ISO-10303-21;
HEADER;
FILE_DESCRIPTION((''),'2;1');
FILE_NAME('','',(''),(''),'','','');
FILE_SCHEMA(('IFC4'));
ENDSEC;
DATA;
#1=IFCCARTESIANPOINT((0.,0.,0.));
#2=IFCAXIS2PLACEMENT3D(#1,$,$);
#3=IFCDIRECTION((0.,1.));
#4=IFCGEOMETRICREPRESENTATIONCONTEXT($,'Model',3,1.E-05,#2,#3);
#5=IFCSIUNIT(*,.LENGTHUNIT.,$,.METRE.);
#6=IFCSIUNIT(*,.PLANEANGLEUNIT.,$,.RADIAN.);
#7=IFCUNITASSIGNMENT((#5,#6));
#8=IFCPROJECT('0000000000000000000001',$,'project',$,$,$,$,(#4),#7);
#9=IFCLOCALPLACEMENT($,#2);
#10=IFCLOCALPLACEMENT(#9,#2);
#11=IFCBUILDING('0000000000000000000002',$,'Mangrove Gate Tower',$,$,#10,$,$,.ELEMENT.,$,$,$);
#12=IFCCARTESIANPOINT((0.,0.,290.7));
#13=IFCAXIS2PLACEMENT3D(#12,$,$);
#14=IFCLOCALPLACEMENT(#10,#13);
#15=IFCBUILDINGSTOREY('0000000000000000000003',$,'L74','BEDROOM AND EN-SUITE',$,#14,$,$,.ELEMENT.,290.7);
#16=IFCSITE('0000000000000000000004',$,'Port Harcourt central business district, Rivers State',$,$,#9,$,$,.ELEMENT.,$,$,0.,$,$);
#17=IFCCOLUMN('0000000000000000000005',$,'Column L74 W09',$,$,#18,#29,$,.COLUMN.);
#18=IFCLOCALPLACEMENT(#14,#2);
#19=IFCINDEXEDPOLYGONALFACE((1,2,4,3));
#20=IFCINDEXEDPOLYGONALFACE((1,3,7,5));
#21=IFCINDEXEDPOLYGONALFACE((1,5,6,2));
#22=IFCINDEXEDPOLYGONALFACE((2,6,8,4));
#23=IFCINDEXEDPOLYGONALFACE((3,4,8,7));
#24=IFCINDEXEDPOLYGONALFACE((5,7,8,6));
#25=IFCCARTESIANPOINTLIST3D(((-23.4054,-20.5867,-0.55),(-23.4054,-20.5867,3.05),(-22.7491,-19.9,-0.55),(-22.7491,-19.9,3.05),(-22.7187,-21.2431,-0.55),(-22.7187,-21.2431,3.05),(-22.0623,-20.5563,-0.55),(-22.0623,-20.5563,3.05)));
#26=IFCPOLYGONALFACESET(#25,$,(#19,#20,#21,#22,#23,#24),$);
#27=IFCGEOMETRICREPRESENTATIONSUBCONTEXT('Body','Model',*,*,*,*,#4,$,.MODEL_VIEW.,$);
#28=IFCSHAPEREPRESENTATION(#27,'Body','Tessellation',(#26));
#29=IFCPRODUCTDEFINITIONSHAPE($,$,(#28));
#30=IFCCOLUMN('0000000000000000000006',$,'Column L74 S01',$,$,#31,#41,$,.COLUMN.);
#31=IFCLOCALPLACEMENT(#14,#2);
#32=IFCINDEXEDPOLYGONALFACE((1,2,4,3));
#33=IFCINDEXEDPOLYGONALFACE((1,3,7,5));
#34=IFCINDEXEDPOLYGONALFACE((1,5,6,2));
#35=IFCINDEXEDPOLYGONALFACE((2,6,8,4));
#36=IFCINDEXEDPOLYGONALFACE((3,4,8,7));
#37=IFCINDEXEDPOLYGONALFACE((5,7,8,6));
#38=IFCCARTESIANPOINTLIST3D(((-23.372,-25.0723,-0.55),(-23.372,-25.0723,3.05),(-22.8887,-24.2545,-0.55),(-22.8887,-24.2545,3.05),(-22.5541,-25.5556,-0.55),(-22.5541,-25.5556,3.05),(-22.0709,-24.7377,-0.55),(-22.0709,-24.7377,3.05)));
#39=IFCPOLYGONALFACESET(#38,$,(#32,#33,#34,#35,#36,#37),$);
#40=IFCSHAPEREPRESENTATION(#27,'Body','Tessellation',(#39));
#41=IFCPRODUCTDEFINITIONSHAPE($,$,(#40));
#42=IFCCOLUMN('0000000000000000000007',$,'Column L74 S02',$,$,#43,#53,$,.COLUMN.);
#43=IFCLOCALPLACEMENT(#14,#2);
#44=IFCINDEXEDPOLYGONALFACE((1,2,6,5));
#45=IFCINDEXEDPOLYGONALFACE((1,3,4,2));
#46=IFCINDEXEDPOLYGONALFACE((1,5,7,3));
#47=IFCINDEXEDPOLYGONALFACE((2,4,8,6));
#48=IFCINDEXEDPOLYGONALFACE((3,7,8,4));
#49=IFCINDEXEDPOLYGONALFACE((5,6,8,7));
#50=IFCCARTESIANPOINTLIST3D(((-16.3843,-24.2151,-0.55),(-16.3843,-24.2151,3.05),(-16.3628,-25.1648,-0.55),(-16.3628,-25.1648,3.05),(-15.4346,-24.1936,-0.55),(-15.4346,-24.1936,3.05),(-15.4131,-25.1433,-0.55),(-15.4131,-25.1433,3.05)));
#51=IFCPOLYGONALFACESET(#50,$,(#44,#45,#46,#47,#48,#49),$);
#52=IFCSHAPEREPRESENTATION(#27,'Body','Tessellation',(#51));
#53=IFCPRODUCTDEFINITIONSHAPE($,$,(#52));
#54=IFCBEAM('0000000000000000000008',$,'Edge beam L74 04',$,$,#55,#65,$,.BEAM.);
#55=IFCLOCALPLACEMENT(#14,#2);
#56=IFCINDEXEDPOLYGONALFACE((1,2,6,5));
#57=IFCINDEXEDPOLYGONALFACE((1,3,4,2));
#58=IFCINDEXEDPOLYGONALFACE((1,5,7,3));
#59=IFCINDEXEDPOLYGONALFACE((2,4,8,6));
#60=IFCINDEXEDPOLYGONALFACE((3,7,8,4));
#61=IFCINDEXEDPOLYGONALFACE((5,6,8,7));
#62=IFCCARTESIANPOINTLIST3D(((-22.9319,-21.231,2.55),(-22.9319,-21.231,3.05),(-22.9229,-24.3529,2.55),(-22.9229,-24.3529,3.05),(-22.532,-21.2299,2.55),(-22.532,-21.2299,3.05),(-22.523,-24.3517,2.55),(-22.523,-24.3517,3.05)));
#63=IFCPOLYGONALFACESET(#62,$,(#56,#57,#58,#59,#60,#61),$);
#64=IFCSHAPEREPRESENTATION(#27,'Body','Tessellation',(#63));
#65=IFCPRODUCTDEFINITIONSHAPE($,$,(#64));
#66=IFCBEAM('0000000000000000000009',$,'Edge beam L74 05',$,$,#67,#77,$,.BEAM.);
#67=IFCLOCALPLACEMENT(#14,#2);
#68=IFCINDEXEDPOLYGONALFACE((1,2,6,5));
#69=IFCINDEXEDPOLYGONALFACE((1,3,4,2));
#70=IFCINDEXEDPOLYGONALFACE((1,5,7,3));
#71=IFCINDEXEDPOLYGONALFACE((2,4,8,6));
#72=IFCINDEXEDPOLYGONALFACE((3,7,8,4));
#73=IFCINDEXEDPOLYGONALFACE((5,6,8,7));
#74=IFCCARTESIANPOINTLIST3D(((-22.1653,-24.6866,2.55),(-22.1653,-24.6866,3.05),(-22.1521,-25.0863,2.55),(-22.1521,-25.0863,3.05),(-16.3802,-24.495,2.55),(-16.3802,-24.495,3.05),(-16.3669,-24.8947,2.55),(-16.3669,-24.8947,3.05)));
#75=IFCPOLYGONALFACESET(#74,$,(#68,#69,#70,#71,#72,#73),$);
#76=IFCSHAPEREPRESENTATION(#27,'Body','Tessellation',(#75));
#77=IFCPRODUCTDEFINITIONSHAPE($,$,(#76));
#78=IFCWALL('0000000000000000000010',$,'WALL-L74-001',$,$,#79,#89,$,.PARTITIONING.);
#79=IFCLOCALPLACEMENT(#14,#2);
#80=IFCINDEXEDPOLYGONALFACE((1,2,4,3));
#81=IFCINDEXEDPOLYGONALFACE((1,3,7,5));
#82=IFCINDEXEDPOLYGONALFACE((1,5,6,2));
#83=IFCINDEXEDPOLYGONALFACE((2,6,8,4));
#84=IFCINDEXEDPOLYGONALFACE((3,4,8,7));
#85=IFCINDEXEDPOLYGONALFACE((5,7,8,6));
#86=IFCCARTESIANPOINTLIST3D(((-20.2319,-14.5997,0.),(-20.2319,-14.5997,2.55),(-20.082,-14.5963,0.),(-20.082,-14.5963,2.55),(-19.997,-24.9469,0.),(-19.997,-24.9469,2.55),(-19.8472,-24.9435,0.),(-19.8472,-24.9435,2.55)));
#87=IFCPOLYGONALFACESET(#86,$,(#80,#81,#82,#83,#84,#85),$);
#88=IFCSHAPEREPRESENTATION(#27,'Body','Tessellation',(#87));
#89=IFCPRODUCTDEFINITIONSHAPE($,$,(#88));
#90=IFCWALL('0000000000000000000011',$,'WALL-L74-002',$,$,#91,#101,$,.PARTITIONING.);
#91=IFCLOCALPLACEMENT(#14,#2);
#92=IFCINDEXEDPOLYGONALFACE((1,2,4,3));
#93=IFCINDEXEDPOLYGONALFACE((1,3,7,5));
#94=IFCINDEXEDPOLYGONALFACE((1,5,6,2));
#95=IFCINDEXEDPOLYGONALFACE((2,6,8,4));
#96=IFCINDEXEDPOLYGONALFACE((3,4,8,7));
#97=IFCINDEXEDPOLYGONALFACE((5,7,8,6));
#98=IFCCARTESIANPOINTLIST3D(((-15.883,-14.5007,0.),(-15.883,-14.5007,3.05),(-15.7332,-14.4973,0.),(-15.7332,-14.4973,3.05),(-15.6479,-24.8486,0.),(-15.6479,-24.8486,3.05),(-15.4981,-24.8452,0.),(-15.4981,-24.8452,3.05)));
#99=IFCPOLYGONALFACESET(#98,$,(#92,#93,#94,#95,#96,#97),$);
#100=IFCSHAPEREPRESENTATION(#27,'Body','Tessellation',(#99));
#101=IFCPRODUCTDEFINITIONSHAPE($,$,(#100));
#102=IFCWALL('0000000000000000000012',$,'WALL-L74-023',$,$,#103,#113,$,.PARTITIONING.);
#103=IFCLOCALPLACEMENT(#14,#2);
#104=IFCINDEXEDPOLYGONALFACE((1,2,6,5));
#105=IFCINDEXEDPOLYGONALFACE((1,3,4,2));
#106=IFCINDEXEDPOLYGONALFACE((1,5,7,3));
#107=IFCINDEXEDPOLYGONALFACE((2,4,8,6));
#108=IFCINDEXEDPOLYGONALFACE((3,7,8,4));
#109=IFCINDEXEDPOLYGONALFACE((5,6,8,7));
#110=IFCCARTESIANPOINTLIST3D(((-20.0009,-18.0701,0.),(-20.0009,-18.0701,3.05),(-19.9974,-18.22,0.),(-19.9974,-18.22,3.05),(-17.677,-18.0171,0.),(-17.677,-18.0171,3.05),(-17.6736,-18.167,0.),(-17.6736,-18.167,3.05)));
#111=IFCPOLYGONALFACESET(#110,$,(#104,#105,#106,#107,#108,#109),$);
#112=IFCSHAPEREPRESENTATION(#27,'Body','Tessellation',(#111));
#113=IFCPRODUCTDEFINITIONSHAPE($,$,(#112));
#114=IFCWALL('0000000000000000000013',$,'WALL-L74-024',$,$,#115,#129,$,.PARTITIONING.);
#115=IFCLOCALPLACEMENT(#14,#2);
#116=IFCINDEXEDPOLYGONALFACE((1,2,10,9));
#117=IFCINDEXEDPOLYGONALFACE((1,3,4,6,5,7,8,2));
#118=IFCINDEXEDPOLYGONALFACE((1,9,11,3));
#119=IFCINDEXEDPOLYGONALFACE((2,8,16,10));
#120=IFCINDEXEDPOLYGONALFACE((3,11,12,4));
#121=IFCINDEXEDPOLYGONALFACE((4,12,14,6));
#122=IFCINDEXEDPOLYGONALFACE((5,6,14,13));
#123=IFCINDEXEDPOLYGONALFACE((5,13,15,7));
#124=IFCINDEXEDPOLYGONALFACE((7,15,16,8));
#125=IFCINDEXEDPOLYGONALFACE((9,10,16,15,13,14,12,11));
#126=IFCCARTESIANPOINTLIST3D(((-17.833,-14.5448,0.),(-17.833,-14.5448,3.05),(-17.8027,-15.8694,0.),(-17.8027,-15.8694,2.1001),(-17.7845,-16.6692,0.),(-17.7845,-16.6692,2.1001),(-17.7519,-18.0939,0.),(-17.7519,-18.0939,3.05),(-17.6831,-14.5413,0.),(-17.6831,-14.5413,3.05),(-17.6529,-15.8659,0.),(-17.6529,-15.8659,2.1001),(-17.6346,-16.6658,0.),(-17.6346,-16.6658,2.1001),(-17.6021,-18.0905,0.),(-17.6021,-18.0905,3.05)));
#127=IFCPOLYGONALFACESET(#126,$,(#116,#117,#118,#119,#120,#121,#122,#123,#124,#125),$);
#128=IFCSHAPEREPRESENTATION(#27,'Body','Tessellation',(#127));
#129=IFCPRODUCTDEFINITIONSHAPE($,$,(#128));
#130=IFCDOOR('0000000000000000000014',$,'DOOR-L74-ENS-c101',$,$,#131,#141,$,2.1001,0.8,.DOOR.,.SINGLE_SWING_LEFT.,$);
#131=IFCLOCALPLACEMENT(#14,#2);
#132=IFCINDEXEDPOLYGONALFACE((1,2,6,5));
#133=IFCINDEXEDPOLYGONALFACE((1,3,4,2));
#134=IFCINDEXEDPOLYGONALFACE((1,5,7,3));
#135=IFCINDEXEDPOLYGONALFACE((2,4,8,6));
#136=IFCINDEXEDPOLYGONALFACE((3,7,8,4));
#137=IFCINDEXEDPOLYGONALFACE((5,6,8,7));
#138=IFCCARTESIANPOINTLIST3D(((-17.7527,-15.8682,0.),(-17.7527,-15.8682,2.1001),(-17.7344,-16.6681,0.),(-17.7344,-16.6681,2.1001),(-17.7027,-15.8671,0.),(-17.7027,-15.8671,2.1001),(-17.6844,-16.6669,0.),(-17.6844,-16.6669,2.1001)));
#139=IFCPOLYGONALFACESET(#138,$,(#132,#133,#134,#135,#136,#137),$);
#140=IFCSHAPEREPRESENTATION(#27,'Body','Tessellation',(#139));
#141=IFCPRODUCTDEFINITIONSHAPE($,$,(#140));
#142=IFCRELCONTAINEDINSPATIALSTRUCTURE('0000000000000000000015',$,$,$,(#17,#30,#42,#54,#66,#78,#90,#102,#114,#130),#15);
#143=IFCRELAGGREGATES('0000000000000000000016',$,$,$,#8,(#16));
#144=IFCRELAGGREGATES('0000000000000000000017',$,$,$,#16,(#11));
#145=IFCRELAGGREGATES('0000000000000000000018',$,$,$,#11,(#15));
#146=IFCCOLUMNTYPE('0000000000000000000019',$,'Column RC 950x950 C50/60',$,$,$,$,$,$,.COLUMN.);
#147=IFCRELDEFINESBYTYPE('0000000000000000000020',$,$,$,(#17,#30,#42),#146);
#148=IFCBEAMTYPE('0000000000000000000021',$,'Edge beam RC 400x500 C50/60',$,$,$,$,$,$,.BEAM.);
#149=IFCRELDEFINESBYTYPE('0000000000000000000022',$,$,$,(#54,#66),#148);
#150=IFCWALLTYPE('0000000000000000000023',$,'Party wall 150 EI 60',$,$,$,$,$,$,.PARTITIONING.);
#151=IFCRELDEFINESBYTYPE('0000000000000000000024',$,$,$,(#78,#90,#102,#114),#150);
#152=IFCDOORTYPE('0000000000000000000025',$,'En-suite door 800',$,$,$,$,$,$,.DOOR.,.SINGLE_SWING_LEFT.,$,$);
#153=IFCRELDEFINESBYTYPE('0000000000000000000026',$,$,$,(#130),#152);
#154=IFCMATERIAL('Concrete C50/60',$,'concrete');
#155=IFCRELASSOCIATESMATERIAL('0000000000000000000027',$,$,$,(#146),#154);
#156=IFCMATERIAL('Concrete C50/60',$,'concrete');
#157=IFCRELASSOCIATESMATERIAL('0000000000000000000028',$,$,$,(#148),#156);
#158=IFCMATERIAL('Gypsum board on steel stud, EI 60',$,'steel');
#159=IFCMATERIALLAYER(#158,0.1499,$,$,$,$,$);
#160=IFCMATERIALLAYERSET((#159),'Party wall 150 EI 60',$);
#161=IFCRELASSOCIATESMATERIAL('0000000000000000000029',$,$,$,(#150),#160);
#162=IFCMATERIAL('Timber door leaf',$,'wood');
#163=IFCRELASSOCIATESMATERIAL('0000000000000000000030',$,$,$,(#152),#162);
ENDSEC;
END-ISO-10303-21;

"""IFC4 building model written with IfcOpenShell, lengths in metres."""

from ifc_helpers import new_model, si_unit, direction, frame, frame_2d, origin, origin_2d, place, context, subcontext, project, spatial, rectangle, extrude, material, layer, layer_set, material_profile, profile_set, type_object, element, fill, save


model = new_model("IFC4")

# Units and contexts
model_context = context("Model", 3, precision=1e-05, world=origin(), true_north=direction((0.0, 1.0)))
body_context = subcontext(model_context, "Body", "Model", "MODEL_VIEW")
ifc_project = project(units=[si_unit("LENGTHUNIT", "METRE"), si_unit("PLANEANGLEUNIT", "RADIAN")], contexts=[model_context])

# Site, building, storey
site_placement = place(None, origin())
site = spatial("IfcSite", under=ifc_project, at=site_placement, Name="Port Harcourt central business district, Rivers State", CompositionType="ELEMENT", RefElevation=0.0)
building_placement = place(site_placement, origin())
building = spatial("IfcBuilding", under=site, at=building_placement, Name="Mangrove Gate Tower", CompositionType="ELEMENT")
storey_placement = place(building_placement, frame((0.0, 0.0, 290.7)))
storey = spatial("IfcBuildingStorey", under=building, at=storey_placement, Name="L74", Description="BEDROOM AND EN-SUITE", CompositionType="ELEMENT", Elevation=290.7)

# Columns
ifc_material_1 = material(Name="Concrete C50/60", Category="concrete")
ifc_material_profile_1 = material_profile(ifc_material_1, rectangle(XDim=0.95, YDim=0.95, at=origin_2d()))
ifc_profile_set_1 = profile_set([ifc_material_profile_1], Name="Concrete C50/60")
column_type = type_object("IfcColumnType", Name="Column RC 950x950 C50/60", PredefinedType="COLUMN", material=ifc_profile_set_1)
for number, where, z_axis, x_axis, name in (
    (1, (-22.7339, -20.5715, -0.55), (0.0, 0.0, 1.0), (0.722918, -0.690934, 0.0), "Column L74 W09"),
    (2, (-22.7214, -24.905, -0.55), (0.0, 0.0, 1.0), (0.860936, -0.508713, 0.0), "Column L74 S01"),
    (3, (-15.8987, -24.6792, -0.55), (0.0, 0.0, 1.0), (0.999743, 0.02268, 0.0), "Column L74 S02"),
):
    element("IfcColumn", number, at=place(storey_placement, frame(where, z_axis=z_axis, x_axis=x_axis)), inside=storey, type_object=column_type, Name=name, PredefinedType="COLUMN", context=body_context, shape_type="SweptSolid", body=[
        extrude(rectangle(XDim=0.95, YDim=0.95, at=origin_2d()), origin(), (0.0, 0.0, 1.0), 3.6001),
    ])

# Beams
ifc_material_2 = material(Name="Concrete C50/60", Category="concrete")
ifc_material_profile_2 = material_profile(ifc_material_2, rectangle(XDim=0.3999, YDim=0.5, at=origin_2d()))
ifc_profile_set_2 = profile_set([ifc_material_profile_2], Name="Concrete C50/60")
beam_type = type_object("IfcBeamType", Name="Edge beam RC 400x500 C50/60", PredefinedType="BEAM", material=ifc_profile_set_2)
beam_1_placement = place(storey_placement, frame((-22.7319, -21.2305, 2.8), z_axis=(0.002894, -0.999996, 0.0), x_axis=(0.999996, 0.002894, 0.0)))
element("IfcBeam", 4, at=beam_1_placement, inside=storey, type_object=beam_type, Name="Edge beam L74 04", PredefinedType="BEAM", context=body_context, shape_type="SweptSolid", body=[
    extrude(rectangle(XDim=0.3999, YDim=0.5, at=origin_2d()), origin(), (0.0, 0.0, 1.0), 3.1218),
])
beam_2_placement = place(storey_placement, frame((-22.1587, -24.8865, 2.8), z_axis=(0.999452, 0.03311, 0.0), x_axis=(-0.03311, 0.999452, 0.0)))
element("IfcBeam", 5, at=beam_2_placement, inside=storey, type_object=beam_type, Name="Edge beam L74 05", PredefinedType="BEAM", context=body_context, shape_type="SweptSolid", body=[
    extrude(rectangle(XDim=0.3999, YDim=0.5, at=origin_2d()), origin(), (0.0, 0.0, 1.0), 5.7883),
])

# Walls
ifc_material_3 = material(Name="Gypsum board on steel stud, EI 60", Category="steel")
ifc_layer = layer(ifc_material_3, 0.1499)
ifc_layer_set = layer_set([ifc_layer], Name="Party wall 150 EI 60")
wall_type = type_object("IfcWallType", Name="Party wall 150 EI 60", PredefinedType="PARTITIONING", material=ifc_layer_set)
wall_1_placement = place(storey_placement, frame((-19.9221, -24.9451, 0.0), z_axis=(0.0, 0.0, 1.0), x_axis=(-0.022692, 0.999742, 0.0)))
element("IfcWall", 6, at=wall_1_placement, inside=storey, type_object=wall_type, Name="WALL-L74-001", PredefinedType="PARTITIONING", context=body_context, shape_type="SweptSolid", body=[
    extrude(rectangle(XDim=10.3499, YDim=0.1499, at=frame_2d((5.1748, 0.0))), origin(), (0.0, 0.0, 1.0), 2.55),
])
wall_2_placement = place(storey_placement, frame((-15.573, -24.8469, 0.0), z_axis=(0.0, 0.0, 1.0), x_axis=(-0.022714, 0.999742, 0.0)))
element("IfcWall", 7, at=wall_2_placement, inside=storey, type_object=wall_type, Name="WALL-L74-002", PredefinedType="PARTITIONING", context=body_context, shape_type="SweptSolid", body=[
    extrude(rectangle(XDim=10.3506, YDim=0.1499, at=frame_2d((5.1753, 0.0))), origin(), (0.0, 0.0, 1.0), 3.05),
])
wall_3_placement = place(storey_placement, frame((-19.999, -18.145, 0.0), z_axis=(0.0, 0.0, 1.0), x_axis=(0.99974, 0.022791, 0.0)))
element("IfcWall", 8, at=wall_3_placement, inside=storey, type_object=wall_type, Name="WALL-L74-023", PredefinedType="PARTITIONING", context=body_context, shape_type="SweptSolid", body=[
    extrude(rectangle(XDim=2.3245, YDim=0.1499, at=frame_2d((1.1621, 0.0))), origin(), (0.0, 0.0, 1.0), 3.05),
])

# Wall, opening, door
wall_4_placement = place(storey_placement, frame((-17.677, -18.092, 0.0), z_axis=(0.0, 0.0, 1.0), x_axis=(-0.022832, 0.999739, 0.0)))
wall_4 = element("IfcWall", 9, at=wall_4_placement, inside=storey, type_object=wall_type, Name="WALL-L74-024", PredefinedType="PARTITIONING", context=body_context, shape_type="SweptSolid", body=[
    extrude(rectangle(XDim=3.55, YDim=0.1499, at=frame_2d((1.7749, 0.0))), origin(), (0.0, 0.0, 1.0), 3.05),
])
opening_placement = place(wall_4_placement, frame((1.425, 0.0, 0.0)))
opening = element("IfcOpeningElement", 10, at=opening_placement, cuts=wall_4, PredefinedType="OPENING", context=body_context, shape_type="SweptSolid", body=[
    extrude(rectangle(XDim=0.8, YDim=2.1001, at=frame_2d((0.3999, 1.05))), frame((0.0, 0.085, 0.0), z_axis=(0.0, -1.0, 0.0), x_axis=(1.0, 0.0, 0.0)), (0.0, 0.0, 1.0), 0.1699),
])
ifc_material_4 = material(Name="Timber door leaf", Category="wood")
door_type = type_object("IfcDoorType", Name="En-suite door 800", OperationType="SINGLE_SWING_LEFT", PredefinedType="DOOR", material=ifc_material_4)
door_placement = place(opening_placement, origin())
door = element("IfcDoor", 11, at=door_placement, inside=storey, type_object=door_type, Name="DOOR-L74-ENS-c101", OperationType="SINGLE_SWING_LEFT", OverallHeight=2.1001, OverallWidth=0.8, PredefinedType="DOOR", context=body_context, shape_type="SweptSolid", body=[
    extrude(rectangle(XDim=0.8, YDim=2.1001, at=frame_2d((0.3999, 1.05))), frame((0.0, 0.0249, 0.0), z_axis=(0.0, -1.0, 0.0), x_axis=(1.0, 0.0, 0.0)), (0.0, 0.0, 1.0), 0.05),
])
fill(opening, door)

save(model, "model.ifc")
